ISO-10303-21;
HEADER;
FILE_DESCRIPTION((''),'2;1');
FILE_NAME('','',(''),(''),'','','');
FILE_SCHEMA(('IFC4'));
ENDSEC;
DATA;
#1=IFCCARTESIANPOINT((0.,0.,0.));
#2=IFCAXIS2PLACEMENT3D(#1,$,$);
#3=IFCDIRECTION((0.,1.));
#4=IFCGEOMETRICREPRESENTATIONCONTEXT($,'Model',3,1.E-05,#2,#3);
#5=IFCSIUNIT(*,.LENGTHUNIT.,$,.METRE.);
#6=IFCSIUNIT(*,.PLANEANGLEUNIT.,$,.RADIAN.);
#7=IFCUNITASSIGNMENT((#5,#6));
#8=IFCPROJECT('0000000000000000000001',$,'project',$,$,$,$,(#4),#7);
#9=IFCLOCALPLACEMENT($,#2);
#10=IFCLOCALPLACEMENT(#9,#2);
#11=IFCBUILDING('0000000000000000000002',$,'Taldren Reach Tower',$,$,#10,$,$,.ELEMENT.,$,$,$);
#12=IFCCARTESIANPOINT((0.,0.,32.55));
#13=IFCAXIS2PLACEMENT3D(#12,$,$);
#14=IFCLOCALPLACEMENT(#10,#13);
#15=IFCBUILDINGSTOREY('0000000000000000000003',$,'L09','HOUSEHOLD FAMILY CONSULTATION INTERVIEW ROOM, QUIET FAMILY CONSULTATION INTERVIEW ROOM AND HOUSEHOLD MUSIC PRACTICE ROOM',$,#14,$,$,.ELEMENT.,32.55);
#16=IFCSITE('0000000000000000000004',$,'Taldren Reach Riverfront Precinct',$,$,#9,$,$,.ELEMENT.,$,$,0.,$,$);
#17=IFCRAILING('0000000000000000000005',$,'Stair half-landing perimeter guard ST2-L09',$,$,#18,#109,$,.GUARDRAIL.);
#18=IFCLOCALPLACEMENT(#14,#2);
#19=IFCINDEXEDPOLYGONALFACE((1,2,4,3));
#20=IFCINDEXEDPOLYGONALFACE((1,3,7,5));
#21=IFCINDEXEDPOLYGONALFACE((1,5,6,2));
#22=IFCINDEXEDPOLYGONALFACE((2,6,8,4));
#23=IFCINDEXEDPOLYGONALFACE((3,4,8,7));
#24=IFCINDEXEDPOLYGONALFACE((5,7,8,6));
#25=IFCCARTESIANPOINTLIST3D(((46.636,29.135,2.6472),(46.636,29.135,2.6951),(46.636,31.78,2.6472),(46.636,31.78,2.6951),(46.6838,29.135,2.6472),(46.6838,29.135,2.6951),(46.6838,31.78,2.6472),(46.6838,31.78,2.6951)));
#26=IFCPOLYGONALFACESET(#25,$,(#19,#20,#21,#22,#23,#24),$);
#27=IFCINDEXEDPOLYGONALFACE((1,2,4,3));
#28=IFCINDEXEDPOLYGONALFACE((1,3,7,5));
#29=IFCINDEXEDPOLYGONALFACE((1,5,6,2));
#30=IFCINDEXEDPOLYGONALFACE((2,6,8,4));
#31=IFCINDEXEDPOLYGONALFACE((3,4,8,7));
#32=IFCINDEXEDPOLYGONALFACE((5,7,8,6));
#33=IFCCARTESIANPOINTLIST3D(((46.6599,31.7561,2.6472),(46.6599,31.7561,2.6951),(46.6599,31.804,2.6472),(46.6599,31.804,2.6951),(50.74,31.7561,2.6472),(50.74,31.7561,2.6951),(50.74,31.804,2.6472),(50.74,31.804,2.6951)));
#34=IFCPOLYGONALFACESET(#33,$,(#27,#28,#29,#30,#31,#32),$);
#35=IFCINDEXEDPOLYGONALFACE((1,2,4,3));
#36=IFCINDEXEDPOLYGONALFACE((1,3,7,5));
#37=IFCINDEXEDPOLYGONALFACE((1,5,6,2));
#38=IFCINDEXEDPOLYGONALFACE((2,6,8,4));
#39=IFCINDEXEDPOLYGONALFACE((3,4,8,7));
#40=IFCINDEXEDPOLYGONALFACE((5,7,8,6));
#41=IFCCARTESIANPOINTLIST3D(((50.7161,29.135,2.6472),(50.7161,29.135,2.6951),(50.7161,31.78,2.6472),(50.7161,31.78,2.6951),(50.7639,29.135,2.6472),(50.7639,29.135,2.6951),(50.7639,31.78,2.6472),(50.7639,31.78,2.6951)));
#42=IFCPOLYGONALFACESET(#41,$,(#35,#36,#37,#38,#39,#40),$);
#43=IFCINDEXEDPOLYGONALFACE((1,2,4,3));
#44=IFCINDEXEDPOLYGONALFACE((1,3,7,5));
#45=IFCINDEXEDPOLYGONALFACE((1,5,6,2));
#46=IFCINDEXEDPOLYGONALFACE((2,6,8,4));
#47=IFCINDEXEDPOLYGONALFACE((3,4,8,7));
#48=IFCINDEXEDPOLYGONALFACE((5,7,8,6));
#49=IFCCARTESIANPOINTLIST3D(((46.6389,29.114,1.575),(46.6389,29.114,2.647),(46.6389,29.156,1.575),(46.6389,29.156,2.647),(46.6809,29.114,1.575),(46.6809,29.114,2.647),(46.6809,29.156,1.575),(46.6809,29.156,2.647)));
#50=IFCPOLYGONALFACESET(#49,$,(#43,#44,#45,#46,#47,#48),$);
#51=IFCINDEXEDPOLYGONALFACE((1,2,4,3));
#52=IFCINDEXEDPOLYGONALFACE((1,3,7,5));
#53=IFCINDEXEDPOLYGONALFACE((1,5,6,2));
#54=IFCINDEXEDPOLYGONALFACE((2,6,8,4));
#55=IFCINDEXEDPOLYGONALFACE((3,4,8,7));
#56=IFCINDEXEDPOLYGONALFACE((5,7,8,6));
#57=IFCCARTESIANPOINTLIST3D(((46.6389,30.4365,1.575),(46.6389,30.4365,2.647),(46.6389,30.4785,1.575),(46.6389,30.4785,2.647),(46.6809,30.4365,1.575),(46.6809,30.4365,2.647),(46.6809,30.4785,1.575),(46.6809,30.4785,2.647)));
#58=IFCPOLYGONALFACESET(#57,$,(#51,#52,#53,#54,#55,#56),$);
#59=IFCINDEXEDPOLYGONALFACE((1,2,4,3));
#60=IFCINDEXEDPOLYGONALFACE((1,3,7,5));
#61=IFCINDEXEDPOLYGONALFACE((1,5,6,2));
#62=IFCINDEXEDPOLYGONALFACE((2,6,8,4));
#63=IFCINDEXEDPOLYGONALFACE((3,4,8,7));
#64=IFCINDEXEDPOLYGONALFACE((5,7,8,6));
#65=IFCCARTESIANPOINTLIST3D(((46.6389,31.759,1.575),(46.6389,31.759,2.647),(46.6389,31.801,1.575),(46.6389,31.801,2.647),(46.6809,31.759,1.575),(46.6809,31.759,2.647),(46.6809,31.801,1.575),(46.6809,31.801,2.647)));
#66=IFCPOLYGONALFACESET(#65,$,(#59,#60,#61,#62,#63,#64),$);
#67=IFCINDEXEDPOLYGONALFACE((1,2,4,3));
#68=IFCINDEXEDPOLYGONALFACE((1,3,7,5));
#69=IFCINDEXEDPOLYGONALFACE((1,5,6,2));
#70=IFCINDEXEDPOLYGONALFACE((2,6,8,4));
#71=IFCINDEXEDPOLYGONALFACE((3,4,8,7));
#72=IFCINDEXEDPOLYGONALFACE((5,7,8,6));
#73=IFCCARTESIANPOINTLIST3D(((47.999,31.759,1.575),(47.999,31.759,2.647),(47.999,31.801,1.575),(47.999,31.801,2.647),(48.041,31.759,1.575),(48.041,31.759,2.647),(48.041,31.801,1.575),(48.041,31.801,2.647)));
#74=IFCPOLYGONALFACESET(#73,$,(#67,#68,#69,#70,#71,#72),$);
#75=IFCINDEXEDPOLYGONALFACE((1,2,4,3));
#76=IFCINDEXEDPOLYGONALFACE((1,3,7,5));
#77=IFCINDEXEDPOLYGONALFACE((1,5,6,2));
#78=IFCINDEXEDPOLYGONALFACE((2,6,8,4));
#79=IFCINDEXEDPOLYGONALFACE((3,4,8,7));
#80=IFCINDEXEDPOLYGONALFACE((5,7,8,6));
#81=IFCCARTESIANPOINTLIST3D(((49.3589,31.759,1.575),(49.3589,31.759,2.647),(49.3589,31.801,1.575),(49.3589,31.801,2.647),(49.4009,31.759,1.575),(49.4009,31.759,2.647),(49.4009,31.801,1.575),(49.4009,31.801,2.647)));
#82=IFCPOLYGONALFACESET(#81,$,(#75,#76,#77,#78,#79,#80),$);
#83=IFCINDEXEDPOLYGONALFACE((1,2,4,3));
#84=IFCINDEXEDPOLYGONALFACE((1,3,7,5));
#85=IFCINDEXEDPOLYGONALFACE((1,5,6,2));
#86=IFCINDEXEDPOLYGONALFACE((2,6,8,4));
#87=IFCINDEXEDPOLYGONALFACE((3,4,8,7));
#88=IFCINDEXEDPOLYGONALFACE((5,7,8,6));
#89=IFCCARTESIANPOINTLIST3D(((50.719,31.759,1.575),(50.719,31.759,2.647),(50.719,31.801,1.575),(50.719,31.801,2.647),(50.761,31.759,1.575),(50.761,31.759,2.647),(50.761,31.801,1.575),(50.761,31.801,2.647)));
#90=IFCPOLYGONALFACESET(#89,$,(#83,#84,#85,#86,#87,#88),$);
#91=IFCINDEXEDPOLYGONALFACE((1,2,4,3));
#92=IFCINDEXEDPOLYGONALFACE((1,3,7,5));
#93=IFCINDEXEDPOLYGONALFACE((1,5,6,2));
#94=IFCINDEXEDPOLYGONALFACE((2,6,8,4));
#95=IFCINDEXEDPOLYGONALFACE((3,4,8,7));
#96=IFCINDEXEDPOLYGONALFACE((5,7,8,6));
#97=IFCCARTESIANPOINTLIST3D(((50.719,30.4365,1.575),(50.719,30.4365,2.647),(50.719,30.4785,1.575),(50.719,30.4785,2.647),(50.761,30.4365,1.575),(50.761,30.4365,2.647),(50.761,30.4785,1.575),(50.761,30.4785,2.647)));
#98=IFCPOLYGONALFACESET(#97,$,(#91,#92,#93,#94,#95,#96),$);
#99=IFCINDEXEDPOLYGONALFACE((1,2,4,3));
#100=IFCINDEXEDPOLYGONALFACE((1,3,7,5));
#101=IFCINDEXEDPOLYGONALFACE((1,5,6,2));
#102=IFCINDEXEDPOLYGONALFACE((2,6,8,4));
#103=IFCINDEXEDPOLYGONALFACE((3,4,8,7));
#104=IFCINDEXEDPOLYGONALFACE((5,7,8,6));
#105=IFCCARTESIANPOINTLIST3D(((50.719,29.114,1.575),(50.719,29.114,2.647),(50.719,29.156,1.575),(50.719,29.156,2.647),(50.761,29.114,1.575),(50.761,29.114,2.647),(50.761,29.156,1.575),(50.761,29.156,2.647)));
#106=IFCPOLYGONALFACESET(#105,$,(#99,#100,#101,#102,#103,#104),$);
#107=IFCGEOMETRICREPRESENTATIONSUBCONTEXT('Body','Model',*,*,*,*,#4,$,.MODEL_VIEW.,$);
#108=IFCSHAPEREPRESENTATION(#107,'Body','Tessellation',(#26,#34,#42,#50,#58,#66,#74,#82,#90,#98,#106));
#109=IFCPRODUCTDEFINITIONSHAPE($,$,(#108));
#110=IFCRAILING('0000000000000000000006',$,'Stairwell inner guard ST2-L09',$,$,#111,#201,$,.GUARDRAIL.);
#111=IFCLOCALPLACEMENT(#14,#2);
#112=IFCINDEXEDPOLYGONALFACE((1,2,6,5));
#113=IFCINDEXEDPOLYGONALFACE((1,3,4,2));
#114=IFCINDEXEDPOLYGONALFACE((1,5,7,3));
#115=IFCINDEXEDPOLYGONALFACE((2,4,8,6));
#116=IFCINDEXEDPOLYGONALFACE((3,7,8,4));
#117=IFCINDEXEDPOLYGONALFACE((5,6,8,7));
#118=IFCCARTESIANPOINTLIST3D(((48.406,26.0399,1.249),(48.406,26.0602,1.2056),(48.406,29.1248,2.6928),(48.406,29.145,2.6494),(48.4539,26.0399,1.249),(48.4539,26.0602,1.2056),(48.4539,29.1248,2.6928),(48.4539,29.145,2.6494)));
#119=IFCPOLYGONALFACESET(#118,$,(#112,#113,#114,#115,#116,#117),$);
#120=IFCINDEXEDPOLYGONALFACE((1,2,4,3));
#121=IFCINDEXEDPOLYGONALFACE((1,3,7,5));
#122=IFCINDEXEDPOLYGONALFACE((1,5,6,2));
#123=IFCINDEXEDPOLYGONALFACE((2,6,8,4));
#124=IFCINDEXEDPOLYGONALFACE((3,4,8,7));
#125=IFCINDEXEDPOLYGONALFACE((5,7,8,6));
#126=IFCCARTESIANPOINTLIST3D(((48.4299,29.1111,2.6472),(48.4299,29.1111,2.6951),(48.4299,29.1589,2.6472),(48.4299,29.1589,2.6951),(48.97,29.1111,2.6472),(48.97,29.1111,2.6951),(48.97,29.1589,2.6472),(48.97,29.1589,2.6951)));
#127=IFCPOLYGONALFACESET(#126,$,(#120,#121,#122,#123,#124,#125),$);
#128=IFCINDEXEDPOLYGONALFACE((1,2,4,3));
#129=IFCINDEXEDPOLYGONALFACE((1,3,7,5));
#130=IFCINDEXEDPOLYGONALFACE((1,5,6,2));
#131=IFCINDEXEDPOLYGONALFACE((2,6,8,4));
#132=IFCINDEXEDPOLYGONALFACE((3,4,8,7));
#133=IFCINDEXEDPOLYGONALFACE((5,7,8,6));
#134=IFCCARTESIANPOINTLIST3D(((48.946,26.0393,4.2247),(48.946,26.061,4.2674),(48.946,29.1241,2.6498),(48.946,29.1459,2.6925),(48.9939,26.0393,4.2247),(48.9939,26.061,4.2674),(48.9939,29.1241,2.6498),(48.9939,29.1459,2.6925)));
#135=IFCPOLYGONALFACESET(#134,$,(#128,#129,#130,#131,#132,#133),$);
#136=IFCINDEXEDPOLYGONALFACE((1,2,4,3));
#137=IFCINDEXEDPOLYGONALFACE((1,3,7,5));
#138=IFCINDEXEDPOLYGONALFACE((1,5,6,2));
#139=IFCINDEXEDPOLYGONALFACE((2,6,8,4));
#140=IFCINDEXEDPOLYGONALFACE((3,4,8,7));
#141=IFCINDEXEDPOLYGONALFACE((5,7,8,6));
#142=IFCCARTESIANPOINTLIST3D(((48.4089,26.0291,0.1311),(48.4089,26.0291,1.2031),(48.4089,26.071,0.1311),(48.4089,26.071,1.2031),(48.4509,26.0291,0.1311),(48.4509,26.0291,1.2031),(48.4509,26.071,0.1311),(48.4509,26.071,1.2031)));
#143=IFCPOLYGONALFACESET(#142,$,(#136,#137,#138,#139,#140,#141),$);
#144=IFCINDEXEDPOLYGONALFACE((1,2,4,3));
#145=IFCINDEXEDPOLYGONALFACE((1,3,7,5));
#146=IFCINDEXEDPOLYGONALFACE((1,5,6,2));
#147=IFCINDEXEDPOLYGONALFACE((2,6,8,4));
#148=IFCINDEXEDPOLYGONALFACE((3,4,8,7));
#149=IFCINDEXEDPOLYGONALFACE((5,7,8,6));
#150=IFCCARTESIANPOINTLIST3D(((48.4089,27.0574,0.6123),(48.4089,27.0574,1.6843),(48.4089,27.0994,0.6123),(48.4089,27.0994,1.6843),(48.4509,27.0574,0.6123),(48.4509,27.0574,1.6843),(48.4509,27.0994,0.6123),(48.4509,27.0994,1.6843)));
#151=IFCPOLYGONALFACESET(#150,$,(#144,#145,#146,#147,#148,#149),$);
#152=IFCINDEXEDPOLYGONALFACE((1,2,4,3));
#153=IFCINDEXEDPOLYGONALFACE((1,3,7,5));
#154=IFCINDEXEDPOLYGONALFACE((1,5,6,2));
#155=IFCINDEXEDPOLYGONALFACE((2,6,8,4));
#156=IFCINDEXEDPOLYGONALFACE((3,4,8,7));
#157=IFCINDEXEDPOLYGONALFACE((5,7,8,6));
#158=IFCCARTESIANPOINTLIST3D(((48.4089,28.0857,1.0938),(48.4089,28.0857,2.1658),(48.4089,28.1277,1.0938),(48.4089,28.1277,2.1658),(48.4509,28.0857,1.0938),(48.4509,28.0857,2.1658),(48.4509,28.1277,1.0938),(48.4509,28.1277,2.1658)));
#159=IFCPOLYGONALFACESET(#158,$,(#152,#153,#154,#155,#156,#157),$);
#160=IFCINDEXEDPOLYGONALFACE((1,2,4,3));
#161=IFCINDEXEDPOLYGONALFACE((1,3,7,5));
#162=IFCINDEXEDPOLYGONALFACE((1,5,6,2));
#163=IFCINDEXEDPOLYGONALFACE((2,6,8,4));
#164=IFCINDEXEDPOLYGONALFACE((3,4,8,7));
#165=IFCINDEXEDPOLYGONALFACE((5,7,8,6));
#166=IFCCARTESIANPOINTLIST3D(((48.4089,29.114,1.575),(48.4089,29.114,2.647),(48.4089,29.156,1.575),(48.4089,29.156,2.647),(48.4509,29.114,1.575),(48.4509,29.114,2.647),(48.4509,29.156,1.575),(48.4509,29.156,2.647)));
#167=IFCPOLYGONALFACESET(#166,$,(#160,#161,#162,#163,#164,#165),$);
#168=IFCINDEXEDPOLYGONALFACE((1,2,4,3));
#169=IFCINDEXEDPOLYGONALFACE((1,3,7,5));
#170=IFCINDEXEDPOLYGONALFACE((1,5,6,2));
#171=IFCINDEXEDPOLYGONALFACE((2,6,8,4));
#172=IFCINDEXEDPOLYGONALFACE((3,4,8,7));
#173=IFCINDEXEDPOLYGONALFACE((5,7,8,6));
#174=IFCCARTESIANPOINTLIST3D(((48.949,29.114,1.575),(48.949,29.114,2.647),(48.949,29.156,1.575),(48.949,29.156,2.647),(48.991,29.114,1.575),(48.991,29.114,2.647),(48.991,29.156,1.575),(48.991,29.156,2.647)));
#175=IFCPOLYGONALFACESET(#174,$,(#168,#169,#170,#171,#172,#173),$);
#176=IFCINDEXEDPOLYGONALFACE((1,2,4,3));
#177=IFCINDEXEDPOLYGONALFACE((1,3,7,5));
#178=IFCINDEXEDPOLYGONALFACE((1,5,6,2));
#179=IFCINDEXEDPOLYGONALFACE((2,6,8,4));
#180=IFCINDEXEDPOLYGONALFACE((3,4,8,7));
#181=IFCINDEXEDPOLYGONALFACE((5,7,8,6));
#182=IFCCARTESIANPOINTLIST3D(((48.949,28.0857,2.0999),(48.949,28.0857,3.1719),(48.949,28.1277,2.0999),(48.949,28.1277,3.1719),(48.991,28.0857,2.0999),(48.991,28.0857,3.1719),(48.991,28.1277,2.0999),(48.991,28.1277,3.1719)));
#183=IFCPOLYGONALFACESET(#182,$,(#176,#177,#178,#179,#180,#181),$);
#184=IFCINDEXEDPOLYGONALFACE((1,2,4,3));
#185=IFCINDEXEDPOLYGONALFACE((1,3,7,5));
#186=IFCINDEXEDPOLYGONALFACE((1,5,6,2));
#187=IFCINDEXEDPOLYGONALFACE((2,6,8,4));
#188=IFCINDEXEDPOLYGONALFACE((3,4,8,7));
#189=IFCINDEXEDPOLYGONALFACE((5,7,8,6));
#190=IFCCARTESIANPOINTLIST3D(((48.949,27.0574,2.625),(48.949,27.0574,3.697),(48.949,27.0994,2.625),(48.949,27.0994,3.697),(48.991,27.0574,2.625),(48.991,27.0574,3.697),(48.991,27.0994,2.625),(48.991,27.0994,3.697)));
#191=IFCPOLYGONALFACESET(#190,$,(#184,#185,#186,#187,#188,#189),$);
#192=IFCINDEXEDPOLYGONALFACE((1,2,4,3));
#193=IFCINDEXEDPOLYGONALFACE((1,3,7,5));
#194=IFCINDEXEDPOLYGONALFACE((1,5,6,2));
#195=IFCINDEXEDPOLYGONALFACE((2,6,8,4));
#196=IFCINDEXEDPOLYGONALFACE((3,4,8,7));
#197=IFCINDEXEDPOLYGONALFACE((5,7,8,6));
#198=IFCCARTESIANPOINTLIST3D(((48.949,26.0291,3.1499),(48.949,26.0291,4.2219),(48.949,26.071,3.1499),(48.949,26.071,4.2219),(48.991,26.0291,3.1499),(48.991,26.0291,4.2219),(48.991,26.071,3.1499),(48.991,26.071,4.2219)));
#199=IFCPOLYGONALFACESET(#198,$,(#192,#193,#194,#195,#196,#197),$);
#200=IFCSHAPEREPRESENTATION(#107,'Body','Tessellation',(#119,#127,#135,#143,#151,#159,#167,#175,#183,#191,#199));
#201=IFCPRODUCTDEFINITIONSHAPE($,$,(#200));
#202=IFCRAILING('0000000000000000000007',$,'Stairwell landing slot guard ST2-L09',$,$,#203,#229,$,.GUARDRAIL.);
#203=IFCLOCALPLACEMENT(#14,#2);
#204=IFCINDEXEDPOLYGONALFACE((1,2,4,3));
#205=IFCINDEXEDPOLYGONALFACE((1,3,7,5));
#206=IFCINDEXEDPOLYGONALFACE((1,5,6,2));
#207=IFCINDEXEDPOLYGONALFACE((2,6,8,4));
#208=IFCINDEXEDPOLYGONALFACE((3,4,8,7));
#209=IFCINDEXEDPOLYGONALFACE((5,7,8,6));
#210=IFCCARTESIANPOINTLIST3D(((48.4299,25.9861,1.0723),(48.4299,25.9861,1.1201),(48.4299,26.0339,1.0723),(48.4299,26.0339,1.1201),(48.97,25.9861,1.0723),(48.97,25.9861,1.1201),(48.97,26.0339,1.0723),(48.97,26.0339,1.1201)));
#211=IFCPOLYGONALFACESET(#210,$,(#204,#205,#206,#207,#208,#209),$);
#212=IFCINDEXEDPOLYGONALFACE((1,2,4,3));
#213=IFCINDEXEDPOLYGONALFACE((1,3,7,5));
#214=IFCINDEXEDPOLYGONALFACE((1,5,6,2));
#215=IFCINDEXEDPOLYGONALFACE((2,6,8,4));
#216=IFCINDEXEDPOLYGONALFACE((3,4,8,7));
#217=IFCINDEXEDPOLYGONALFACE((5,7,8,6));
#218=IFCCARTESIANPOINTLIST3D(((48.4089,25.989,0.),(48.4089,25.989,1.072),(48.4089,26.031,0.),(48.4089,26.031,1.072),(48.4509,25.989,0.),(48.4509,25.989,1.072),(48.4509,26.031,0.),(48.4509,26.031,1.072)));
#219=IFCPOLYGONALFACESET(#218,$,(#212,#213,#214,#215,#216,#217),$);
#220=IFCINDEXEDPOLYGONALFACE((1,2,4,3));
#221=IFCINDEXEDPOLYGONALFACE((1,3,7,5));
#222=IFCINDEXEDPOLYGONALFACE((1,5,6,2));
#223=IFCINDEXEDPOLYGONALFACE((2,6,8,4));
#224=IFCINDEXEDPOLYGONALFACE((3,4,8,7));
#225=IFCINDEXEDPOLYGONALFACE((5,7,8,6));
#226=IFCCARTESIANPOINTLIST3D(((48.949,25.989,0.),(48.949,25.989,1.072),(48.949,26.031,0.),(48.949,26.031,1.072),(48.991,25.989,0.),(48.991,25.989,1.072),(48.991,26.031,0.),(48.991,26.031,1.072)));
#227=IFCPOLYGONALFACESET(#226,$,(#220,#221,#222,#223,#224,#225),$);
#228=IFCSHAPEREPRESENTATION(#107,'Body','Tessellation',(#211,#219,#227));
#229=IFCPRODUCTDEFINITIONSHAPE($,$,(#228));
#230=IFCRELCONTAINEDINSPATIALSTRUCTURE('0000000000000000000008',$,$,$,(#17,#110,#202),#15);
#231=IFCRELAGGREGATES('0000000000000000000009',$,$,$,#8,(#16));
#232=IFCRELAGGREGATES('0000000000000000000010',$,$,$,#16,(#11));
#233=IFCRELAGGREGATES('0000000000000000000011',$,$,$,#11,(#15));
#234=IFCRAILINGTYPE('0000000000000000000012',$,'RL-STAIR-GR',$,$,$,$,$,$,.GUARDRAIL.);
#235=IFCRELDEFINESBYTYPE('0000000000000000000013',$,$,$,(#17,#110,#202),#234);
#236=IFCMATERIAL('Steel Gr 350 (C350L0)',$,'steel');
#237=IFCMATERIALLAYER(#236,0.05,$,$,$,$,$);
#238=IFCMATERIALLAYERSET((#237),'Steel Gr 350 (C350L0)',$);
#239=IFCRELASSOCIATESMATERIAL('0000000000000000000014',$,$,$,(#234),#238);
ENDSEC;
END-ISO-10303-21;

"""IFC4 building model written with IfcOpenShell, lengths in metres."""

from ifc_helpers import new_model, si_unit, direction, frame, origin, origin_2d, place, context, subcontext, project, spatial, rectangle, extrude, material, layer, layer_set, type_object, element, save


model = new_model("IFC4")

# Units and contexts
model_context = context("Model", 3, precision=1e-05, world=origin(), true_north=direction((0.0, 1.0)))
body_context = subcontext(model_context, "Body", "Model", "MODEL_VIEW")
ifc_project = project(units=[si_unit("LENGTHUNIT", "METRE"), si_unit("PLANEANGLEUNIT", "RADIAN")], contexts=[model_context])

# Site, building, storey
site_placement = place(None, origin())
site = spatial("IfcSite", under=ifc_project, at=site_placement, Name="Taldren Reach Riverfront Precinct", CompositionType="ELEMENT", RefElevation=0.0)
building_placement = place(site_placement, origin())
building = spatial("IfcBuilding", under=site, at=building_placement, Name="Taldren Reach Tower", CompositionType="ELEMENT")
storey_placement = place(building_placement, frame((0.0, 0.0, 32.55)))
storey = spatial("IfcBuildingStorey", under=building, at=storey_placement, Name="L09", Description="HOUSEHOLD FAMILY CONSULTATION INTERVIEW ROOM, QUIET FAMILY CONSULTATION INTERVIEW ROOM AND HOUSEHOLD MUSIC PRACTICE ROOM", CompositionType="ELEMENT", Elevation=32.55)

# Shared definitions
ifc_material_1 = material(Name="Steel Gr 350 (C350L0)", Category="steel")

# Railings
ifc_layer_1 = layer(ifc_material_1, 0.05)
ifc_layer_set_1 = layer_set([ifc_layer_1], Name="Steel Gr 350 (C350L0)")
railing_type_1 = type_object("IfcRailingType", Name="RL-STAIR-GR", PredefinedType="GUARDRAIL", material=ifc_layer_set_1)
railing_1_placement = place(storey_placement, frame((46.6599, 29.135, 1.575)))
element("IfcRailing", 1, at=railing_1_placement, inside=storey, type_object=railing_type_1, Name="Stair half-landing perimeter guard ST2-L09", PredefinedType="GUARDRAIL", context=body_context, shape_type="SweptSolid", body=[
    extrude(rectangle(XDim=0.0479, YDim=0.0479, at=origin_2d()), frame((0.0, 0.0, 1.0962), z_axis=(0.0, 1.0, 0.0), x_axis=(-1.0, 0.0, 0.0)), (0.0, 0.0, 1.0), 2.645),
    extrude(rectangle(XDim=0.0479, YDim=0.0479, at=origin_2d()), frame((0.0, 2.645, 1.0962), z_axis=(1.0, 0.0, 0.0), x_axis=(0.0, 1.0, 0.0)), (0.0, 0.0, 1.0), 4.0801),
    extrude(rectangle(XDim=0.0479, YDim=0.0479, at=origin_2d()), frame((4.0801, 2.645, 1.0962), z_axis=(0.0, -1.0, 0.0), x_axis=(1.0, 0.0, 0.0)), (0.0, 0.0, 1.0), 2.645),
    extrude(rectangle(XDim=0.042, YDim=0.042, at=origin_2d()), origin(), (0.0, 0.0, 1.0), 1.072),
    extrude(rectangle(XDim=0.042, YDim=0.042, at=origin_2d()), frame((0.0, 1.3225, 0.0)), (0.0, 0.0, 1.0), 1.072),
    extrude(rectangle(XDim=0.042, YDim=0.042, at=origin_2d()), frame((0.0, 2.645, 0.0)), (0.0, 0.0, 1.0), 1.072),
    extrude(rectangle(XDim=0.042, YDim=0.042, at=origin_2d()), frame((1.3601, 2.645, 0.0)), (0.0, 0.0, 1.0), 1.072),
    extrude(rectangle(XDim=0.042, YDim=0.042, at=origin_2d()), frame((2.72, 2.645, 0.0)), (0.0, 0.0, 1.0), 1.072),
    extrude(rectangle(XDim=0.042, YDim=0.042, at=origin_2d()), frame((4.0801, 2.645, 0.0)), (0.0, 0.0, 1.0), 1.072),
    extrude(rectangle(XDim=0.042, YDim=0.042, at=origin_2d()), frame((4.0801, 1.3225, 0.0)), (0.0, 0.0, 1.0), 1.072),
    extrude(rectangle(XDim=0.042, YDim=0.042, at=origin_2d()), frame((4.0801, 0.0, 0.0)), (0.0, 0.0, 1.0), 1.072),
])
railing_2_placement = place(storey_placement, frame((48.4299, 26.05, 0.1311)))
element("IfcRailing", 2, at=railing_2_placement, inside=storey, type_object=railing_type_1, Name="Stairwell inner guard ST2-L09", PredefinedType="GUARDRAIL", context=body_context, shape_type="SweptSolid", body=[
    extrude(rectangle(XDim=0.0479, YDim=0.0479, at=origin_2d()), frame((0.0, 0.0, 1.0962), z_axis=(0.0, 0.90571, 0.423898), x_axis=(-1.0, 0.0, 0.0)), (0.0, 0.0, 1.0), 3.406),
    extrude(rectangle(XDim=0.0479, YDim=0.0479, at=origin_2d()), frame((0.0, 3.085, 2.54), z_axis=(1.0, 0.0, 0.0), x_axis=(0.0, 1.0, 0.0)), (0.0, 0.0, 1.0), 0.54),
    extrude(rectangle(XDim=0.0479, YDim=0.0479, at=origin_2d()), frame((0.54, 3.085, 2.54), z_axis=(0.0, -0.890646, 0.454697), x_axis=(1.0, 0.0, 0.0)), (0.0, 0.0, 1.0), 3.4636),
    extrude(rectangle(XDim=0.042, YDim=0.042, at=origin_2d()), origin(), (0.0, 0.0, 1.0), 1.072),
    extrude(rectangle(XDim=0.042, YDim=0.042, at=origin_2d()), frame((0.0, 1.0283, 0.4812)), (0.0, 0.0, 1.0), 1.072),
    extrude(rectangle(XDim=0.042, YDim=0.042, at=origin_2d()), frame((0.0, 2.0566, 0.9626)), (0.0, 0.0, 1.0), 1.072),
    extrude(rectangle(XDim=0.042, YDim=0.042, at=origin_2d()), frame((0.0, 3.085, 1.4438)), (0.0, 0.0, 1.0), 1.072),
    extrude(rectangle(XDim=0.042, YDim=0.042, at=origin_2d()), frame((0.54, 3.085, 1.4438)), (0.0, 0.0, 1.0), 1.072),
    extrude(rectangle(XDim=0.042, YDim=0.042, at=origin_2d()), frame((0.54, 2.0566, 1.9688)), (0.0, 0.0, 1.0), 1.072),
    extrude(rectangle(XDim=0.042, YDim=0.042, at=origin_2d()), frame((0.54, 1.0283, 2.4939)), (0.0, 0.0, 1.0), 1.072),
    extrude(rectangle(XDim=0.042, YDim=0.042, at=origin_2d()), frame((0.54, 0.0, 3.0188)), (0.0, 0.0, 1.0), 1.072),
])
railing_3_placement = place(storey_placement, frame((48.4299, 26.01, 0.0)))
element("IfcRailing", 3, at=railing_3_placement, inside=storey, type_object=railing_type_1, Name="Stairwell landing slot guard ST2-L09", PredefinedType="GUARDRAIL", context=body_context, shape_type="SweptSolid", body=[
    extrude(rectangle(XDim=0.0479, YDim=0.0479, at=origin_2d()), frame((0.0, 0.0, 1.0962), z_axis=(1.0, 0.0, 0.0), x_axis=(0.0, 1.0, 0.0)), (0.0, 0.0, 1.0), 0.54),
    extrude(rectangle(XDim=0.042, YDim=0.042, at=origin_2d()), origin(), (0.0, 0.0, 1.0), 1.072),
    extrude(rectangle(XDim=0.042, YDim=0.042, at=origin_2d()), frame((0.54, 0.0, 0.0)), (0.0, 0.0, 1.0), 1.072),
])

save(model, "model.ifc")
